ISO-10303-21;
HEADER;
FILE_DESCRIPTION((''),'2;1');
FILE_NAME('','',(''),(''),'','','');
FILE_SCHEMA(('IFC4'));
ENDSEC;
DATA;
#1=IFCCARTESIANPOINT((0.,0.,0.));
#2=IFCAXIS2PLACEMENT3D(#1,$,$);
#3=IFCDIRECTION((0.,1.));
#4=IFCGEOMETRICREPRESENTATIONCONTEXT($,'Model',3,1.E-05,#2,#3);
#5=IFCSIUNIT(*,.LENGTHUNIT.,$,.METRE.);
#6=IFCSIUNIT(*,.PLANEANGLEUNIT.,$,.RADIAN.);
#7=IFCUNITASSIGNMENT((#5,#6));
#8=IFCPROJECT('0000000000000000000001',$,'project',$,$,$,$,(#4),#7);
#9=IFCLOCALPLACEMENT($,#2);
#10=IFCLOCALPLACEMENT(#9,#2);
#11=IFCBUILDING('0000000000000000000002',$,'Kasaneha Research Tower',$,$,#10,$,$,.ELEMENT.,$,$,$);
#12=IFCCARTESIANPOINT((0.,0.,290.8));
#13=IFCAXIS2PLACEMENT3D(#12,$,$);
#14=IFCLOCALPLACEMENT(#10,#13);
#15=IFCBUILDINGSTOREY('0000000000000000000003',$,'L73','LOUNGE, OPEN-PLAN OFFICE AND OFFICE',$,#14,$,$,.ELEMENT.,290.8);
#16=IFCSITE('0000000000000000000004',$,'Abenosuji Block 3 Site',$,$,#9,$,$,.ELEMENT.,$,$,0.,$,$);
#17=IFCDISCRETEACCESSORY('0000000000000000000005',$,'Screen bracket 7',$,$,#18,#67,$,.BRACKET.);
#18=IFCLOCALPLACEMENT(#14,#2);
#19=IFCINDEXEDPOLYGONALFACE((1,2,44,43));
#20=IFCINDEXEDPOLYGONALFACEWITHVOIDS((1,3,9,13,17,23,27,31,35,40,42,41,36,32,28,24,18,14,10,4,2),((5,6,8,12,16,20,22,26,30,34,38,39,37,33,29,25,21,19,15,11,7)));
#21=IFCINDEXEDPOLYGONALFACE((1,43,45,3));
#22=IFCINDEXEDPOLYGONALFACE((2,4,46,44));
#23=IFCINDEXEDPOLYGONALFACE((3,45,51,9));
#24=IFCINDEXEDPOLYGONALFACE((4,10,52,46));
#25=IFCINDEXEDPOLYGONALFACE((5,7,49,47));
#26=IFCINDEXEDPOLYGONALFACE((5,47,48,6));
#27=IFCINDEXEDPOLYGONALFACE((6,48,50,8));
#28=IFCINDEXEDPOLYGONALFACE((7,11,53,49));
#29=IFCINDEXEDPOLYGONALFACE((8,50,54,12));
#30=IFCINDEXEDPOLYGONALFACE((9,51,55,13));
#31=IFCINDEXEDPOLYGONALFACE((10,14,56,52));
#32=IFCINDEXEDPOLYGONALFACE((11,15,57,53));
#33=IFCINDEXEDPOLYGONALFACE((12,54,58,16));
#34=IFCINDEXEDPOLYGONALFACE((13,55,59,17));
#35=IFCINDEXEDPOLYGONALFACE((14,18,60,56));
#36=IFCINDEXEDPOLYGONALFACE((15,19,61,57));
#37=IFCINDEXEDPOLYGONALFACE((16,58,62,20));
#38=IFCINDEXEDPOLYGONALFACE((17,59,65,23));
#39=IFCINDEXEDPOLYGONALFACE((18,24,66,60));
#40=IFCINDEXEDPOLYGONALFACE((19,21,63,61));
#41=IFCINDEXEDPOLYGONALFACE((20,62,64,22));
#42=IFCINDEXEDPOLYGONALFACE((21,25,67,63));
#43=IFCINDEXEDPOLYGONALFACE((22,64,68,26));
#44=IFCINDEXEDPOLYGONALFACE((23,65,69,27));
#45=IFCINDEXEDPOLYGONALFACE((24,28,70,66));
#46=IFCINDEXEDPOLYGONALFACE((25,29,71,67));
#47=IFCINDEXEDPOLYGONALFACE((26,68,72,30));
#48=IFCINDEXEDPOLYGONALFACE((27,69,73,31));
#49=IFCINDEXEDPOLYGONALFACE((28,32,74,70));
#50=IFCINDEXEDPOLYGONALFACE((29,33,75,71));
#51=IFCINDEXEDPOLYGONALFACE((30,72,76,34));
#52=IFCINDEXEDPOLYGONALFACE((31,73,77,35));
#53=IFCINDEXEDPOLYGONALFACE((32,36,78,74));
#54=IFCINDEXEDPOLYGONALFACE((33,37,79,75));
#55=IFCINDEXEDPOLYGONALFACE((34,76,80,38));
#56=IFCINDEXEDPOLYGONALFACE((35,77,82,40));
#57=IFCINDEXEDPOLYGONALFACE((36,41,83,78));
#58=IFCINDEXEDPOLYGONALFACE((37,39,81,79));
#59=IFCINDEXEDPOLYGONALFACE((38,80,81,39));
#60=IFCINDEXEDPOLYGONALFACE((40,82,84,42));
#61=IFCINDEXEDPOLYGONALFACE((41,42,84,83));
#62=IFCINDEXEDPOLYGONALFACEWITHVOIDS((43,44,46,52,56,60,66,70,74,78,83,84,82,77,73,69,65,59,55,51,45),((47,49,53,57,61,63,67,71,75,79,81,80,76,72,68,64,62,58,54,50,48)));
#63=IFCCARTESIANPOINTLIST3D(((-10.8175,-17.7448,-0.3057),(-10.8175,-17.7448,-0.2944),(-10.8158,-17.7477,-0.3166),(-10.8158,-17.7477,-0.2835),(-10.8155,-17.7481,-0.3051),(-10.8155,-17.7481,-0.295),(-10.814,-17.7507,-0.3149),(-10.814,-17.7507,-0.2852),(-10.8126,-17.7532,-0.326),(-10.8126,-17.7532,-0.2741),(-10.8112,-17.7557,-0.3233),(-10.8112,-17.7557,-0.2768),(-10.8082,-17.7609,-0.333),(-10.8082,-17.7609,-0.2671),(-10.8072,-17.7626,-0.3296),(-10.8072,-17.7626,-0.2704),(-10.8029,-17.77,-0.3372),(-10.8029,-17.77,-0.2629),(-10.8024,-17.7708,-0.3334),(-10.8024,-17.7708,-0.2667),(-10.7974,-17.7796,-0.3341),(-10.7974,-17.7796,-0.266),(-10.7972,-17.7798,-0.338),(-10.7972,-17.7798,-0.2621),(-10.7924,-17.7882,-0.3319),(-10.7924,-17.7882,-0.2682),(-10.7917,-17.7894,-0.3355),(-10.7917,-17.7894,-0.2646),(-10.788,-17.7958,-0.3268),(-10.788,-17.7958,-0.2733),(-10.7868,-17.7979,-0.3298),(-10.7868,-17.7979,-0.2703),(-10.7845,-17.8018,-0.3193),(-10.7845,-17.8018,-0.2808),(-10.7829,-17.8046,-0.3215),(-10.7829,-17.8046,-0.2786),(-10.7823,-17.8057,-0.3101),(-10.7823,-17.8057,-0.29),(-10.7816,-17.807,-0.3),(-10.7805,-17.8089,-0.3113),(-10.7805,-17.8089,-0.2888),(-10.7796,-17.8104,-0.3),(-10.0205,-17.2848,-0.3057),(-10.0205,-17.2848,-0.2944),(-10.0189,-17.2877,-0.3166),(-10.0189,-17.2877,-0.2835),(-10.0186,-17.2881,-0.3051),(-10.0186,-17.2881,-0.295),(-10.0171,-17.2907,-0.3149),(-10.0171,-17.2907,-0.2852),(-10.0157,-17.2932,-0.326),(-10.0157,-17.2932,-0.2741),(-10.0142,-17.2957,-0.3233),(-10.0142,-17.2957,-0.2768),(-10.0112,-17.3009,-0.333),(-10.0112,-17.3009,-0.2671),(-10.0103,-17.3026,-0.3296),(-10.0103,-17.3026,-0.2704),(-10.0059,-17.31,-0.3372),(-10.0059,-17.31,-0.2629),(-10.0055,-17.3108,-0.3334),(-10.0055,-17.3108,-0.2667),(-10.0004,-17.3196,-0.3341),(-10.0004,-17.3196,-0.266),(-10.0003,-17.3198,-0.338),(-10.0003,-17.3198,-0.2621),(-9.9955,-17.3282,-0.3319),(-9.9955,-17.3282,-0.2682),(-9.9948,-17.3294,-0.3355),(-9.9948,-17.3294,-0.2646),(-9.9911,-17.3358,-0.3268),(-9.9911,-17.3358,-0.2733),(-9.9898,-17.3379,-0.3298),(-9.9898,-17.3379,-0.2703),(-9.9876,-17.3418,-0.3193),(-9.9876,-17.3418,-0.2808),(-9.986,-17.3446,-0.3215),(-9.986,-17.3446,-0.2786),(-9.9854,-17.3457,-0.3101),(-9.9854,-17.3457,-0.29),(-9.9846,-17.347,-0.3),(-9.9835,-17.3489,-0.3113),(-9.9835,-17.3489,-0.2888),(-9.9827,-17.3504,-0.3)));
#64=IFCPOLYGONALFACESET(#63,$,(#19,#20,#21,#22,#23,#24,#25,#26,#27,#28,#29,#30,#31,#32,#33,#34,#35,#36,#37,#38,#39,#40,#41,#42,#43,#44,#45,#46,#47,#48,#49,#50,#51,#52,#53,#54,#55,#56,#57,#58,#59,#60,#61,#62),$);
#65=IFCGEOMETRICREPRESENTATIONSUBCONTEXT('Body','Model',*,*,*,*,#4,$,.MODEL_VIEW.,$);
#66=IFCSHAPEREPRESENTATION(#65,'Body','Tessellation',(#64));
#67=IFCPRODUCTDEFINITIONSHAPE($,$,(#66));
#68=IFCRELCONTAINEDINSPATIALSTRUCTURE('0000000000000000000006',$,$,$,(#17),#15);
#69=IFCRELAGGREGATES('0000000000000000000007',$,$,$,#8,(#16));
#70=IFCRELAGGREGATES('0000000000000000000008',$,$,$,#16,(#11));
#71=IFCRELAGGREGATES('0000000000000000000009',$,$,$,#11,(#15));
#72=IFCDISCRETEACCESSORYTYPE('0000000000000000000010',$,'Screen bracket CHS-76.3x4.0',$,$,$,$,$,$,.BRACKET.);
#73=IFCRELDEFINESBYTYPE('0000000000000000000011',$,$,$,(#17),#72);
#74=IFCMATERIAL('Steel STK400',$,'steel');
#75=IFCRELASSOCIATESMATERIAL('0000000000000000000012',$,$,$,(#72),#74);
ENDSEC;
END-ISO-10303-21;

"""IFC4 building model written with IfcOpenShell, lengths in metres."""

from ifc_helpers import new_model, si_unit, direction, frame, origin, origin_2d, place, context, subcontext, project, spatial, hollow_circle, extrude, material, material_profile, profile_set, type_object, element, save


model = new_model("IFC4")

# Units and contexts
model_context = context("Model", 3, precision=1e-05, world=origin(), true_north=direction((0.0, 1.0)))
body_context = subcontext(model_context, "Body", "Model", "MODEL_VIEW")
ifc_project = project(units=[si_unit("LENGTHUNIT", "METRE"), si_unit("PLANEANGLEUNIT", "RADIAN")], contexts=[model_context])

# Site, building, storey
site_placement = place(None, origin())
site = spatial("IfcSite", under=ifc_project, at=site_placement, Name="Abenosuji Block 3 Site", CompositionType="ELEMENT", RefElevation=0.0)
building_placement = place(site_placement, origin())
building = spatial("IfcBuilding", under=site, at=building_placement, Name="Kasaneha Research Tower", CompositionType="ELEMENT")
storey_placement = place(building_placement, frame((0.0, 0.0, 290.8)))
storey = spatial("IfcBuildingStorey", under=building, at=storey_placement, Name="L73", Description="LOUNGE, OPEN-PLAN OFFICE AND OFFICE", CompositionType="ELEMENT", Elevation=290.8)

# Discrete accessory
ifc_material_1 = material(Name="Steel STK400", Category="steel")
ifc_material_profile_1 = material_profile(ifc_material_1, hollow_circle(Radius=0.0381, WallThickness=0.0039, at=origin_2d()), Name="CHS-76.3x4.0")
ifc_profile_set_1 = profile_set([ifc_material_profile_1], Name="Steel STK400")
discrete_accessory_type = type_object("IfcDiscreteAccessoryType", Name="Screen bracket CHS-76.3x4.0", PredefinedType="BRACKET", material=ifc_profile_set_1)
discrete_accessory_placement = place(storey_placement, frame((-10.0017, -17.3174, -0.3), z_axis=(-0.86608, -0.499906, 0.0), x_axis=(0.499906, -0.86608, 0.0)))
element("IfcDiscreteAccessory", 1, at=discrete_accessory_placement, inside=storey, type_object=discrete_accessory_type, Name="Screen bracket 7", PredefinedType="BRACKET", context=body_context, shape_type="SweptSolid", body=[
    extrude(hollow_circle(Radius=0.0381, WallThickness=0.0039, at=origin_2d()), origin(), (0.0, 0.0, 1.0), 0.9202),
])

save(model, "model.ifc")
